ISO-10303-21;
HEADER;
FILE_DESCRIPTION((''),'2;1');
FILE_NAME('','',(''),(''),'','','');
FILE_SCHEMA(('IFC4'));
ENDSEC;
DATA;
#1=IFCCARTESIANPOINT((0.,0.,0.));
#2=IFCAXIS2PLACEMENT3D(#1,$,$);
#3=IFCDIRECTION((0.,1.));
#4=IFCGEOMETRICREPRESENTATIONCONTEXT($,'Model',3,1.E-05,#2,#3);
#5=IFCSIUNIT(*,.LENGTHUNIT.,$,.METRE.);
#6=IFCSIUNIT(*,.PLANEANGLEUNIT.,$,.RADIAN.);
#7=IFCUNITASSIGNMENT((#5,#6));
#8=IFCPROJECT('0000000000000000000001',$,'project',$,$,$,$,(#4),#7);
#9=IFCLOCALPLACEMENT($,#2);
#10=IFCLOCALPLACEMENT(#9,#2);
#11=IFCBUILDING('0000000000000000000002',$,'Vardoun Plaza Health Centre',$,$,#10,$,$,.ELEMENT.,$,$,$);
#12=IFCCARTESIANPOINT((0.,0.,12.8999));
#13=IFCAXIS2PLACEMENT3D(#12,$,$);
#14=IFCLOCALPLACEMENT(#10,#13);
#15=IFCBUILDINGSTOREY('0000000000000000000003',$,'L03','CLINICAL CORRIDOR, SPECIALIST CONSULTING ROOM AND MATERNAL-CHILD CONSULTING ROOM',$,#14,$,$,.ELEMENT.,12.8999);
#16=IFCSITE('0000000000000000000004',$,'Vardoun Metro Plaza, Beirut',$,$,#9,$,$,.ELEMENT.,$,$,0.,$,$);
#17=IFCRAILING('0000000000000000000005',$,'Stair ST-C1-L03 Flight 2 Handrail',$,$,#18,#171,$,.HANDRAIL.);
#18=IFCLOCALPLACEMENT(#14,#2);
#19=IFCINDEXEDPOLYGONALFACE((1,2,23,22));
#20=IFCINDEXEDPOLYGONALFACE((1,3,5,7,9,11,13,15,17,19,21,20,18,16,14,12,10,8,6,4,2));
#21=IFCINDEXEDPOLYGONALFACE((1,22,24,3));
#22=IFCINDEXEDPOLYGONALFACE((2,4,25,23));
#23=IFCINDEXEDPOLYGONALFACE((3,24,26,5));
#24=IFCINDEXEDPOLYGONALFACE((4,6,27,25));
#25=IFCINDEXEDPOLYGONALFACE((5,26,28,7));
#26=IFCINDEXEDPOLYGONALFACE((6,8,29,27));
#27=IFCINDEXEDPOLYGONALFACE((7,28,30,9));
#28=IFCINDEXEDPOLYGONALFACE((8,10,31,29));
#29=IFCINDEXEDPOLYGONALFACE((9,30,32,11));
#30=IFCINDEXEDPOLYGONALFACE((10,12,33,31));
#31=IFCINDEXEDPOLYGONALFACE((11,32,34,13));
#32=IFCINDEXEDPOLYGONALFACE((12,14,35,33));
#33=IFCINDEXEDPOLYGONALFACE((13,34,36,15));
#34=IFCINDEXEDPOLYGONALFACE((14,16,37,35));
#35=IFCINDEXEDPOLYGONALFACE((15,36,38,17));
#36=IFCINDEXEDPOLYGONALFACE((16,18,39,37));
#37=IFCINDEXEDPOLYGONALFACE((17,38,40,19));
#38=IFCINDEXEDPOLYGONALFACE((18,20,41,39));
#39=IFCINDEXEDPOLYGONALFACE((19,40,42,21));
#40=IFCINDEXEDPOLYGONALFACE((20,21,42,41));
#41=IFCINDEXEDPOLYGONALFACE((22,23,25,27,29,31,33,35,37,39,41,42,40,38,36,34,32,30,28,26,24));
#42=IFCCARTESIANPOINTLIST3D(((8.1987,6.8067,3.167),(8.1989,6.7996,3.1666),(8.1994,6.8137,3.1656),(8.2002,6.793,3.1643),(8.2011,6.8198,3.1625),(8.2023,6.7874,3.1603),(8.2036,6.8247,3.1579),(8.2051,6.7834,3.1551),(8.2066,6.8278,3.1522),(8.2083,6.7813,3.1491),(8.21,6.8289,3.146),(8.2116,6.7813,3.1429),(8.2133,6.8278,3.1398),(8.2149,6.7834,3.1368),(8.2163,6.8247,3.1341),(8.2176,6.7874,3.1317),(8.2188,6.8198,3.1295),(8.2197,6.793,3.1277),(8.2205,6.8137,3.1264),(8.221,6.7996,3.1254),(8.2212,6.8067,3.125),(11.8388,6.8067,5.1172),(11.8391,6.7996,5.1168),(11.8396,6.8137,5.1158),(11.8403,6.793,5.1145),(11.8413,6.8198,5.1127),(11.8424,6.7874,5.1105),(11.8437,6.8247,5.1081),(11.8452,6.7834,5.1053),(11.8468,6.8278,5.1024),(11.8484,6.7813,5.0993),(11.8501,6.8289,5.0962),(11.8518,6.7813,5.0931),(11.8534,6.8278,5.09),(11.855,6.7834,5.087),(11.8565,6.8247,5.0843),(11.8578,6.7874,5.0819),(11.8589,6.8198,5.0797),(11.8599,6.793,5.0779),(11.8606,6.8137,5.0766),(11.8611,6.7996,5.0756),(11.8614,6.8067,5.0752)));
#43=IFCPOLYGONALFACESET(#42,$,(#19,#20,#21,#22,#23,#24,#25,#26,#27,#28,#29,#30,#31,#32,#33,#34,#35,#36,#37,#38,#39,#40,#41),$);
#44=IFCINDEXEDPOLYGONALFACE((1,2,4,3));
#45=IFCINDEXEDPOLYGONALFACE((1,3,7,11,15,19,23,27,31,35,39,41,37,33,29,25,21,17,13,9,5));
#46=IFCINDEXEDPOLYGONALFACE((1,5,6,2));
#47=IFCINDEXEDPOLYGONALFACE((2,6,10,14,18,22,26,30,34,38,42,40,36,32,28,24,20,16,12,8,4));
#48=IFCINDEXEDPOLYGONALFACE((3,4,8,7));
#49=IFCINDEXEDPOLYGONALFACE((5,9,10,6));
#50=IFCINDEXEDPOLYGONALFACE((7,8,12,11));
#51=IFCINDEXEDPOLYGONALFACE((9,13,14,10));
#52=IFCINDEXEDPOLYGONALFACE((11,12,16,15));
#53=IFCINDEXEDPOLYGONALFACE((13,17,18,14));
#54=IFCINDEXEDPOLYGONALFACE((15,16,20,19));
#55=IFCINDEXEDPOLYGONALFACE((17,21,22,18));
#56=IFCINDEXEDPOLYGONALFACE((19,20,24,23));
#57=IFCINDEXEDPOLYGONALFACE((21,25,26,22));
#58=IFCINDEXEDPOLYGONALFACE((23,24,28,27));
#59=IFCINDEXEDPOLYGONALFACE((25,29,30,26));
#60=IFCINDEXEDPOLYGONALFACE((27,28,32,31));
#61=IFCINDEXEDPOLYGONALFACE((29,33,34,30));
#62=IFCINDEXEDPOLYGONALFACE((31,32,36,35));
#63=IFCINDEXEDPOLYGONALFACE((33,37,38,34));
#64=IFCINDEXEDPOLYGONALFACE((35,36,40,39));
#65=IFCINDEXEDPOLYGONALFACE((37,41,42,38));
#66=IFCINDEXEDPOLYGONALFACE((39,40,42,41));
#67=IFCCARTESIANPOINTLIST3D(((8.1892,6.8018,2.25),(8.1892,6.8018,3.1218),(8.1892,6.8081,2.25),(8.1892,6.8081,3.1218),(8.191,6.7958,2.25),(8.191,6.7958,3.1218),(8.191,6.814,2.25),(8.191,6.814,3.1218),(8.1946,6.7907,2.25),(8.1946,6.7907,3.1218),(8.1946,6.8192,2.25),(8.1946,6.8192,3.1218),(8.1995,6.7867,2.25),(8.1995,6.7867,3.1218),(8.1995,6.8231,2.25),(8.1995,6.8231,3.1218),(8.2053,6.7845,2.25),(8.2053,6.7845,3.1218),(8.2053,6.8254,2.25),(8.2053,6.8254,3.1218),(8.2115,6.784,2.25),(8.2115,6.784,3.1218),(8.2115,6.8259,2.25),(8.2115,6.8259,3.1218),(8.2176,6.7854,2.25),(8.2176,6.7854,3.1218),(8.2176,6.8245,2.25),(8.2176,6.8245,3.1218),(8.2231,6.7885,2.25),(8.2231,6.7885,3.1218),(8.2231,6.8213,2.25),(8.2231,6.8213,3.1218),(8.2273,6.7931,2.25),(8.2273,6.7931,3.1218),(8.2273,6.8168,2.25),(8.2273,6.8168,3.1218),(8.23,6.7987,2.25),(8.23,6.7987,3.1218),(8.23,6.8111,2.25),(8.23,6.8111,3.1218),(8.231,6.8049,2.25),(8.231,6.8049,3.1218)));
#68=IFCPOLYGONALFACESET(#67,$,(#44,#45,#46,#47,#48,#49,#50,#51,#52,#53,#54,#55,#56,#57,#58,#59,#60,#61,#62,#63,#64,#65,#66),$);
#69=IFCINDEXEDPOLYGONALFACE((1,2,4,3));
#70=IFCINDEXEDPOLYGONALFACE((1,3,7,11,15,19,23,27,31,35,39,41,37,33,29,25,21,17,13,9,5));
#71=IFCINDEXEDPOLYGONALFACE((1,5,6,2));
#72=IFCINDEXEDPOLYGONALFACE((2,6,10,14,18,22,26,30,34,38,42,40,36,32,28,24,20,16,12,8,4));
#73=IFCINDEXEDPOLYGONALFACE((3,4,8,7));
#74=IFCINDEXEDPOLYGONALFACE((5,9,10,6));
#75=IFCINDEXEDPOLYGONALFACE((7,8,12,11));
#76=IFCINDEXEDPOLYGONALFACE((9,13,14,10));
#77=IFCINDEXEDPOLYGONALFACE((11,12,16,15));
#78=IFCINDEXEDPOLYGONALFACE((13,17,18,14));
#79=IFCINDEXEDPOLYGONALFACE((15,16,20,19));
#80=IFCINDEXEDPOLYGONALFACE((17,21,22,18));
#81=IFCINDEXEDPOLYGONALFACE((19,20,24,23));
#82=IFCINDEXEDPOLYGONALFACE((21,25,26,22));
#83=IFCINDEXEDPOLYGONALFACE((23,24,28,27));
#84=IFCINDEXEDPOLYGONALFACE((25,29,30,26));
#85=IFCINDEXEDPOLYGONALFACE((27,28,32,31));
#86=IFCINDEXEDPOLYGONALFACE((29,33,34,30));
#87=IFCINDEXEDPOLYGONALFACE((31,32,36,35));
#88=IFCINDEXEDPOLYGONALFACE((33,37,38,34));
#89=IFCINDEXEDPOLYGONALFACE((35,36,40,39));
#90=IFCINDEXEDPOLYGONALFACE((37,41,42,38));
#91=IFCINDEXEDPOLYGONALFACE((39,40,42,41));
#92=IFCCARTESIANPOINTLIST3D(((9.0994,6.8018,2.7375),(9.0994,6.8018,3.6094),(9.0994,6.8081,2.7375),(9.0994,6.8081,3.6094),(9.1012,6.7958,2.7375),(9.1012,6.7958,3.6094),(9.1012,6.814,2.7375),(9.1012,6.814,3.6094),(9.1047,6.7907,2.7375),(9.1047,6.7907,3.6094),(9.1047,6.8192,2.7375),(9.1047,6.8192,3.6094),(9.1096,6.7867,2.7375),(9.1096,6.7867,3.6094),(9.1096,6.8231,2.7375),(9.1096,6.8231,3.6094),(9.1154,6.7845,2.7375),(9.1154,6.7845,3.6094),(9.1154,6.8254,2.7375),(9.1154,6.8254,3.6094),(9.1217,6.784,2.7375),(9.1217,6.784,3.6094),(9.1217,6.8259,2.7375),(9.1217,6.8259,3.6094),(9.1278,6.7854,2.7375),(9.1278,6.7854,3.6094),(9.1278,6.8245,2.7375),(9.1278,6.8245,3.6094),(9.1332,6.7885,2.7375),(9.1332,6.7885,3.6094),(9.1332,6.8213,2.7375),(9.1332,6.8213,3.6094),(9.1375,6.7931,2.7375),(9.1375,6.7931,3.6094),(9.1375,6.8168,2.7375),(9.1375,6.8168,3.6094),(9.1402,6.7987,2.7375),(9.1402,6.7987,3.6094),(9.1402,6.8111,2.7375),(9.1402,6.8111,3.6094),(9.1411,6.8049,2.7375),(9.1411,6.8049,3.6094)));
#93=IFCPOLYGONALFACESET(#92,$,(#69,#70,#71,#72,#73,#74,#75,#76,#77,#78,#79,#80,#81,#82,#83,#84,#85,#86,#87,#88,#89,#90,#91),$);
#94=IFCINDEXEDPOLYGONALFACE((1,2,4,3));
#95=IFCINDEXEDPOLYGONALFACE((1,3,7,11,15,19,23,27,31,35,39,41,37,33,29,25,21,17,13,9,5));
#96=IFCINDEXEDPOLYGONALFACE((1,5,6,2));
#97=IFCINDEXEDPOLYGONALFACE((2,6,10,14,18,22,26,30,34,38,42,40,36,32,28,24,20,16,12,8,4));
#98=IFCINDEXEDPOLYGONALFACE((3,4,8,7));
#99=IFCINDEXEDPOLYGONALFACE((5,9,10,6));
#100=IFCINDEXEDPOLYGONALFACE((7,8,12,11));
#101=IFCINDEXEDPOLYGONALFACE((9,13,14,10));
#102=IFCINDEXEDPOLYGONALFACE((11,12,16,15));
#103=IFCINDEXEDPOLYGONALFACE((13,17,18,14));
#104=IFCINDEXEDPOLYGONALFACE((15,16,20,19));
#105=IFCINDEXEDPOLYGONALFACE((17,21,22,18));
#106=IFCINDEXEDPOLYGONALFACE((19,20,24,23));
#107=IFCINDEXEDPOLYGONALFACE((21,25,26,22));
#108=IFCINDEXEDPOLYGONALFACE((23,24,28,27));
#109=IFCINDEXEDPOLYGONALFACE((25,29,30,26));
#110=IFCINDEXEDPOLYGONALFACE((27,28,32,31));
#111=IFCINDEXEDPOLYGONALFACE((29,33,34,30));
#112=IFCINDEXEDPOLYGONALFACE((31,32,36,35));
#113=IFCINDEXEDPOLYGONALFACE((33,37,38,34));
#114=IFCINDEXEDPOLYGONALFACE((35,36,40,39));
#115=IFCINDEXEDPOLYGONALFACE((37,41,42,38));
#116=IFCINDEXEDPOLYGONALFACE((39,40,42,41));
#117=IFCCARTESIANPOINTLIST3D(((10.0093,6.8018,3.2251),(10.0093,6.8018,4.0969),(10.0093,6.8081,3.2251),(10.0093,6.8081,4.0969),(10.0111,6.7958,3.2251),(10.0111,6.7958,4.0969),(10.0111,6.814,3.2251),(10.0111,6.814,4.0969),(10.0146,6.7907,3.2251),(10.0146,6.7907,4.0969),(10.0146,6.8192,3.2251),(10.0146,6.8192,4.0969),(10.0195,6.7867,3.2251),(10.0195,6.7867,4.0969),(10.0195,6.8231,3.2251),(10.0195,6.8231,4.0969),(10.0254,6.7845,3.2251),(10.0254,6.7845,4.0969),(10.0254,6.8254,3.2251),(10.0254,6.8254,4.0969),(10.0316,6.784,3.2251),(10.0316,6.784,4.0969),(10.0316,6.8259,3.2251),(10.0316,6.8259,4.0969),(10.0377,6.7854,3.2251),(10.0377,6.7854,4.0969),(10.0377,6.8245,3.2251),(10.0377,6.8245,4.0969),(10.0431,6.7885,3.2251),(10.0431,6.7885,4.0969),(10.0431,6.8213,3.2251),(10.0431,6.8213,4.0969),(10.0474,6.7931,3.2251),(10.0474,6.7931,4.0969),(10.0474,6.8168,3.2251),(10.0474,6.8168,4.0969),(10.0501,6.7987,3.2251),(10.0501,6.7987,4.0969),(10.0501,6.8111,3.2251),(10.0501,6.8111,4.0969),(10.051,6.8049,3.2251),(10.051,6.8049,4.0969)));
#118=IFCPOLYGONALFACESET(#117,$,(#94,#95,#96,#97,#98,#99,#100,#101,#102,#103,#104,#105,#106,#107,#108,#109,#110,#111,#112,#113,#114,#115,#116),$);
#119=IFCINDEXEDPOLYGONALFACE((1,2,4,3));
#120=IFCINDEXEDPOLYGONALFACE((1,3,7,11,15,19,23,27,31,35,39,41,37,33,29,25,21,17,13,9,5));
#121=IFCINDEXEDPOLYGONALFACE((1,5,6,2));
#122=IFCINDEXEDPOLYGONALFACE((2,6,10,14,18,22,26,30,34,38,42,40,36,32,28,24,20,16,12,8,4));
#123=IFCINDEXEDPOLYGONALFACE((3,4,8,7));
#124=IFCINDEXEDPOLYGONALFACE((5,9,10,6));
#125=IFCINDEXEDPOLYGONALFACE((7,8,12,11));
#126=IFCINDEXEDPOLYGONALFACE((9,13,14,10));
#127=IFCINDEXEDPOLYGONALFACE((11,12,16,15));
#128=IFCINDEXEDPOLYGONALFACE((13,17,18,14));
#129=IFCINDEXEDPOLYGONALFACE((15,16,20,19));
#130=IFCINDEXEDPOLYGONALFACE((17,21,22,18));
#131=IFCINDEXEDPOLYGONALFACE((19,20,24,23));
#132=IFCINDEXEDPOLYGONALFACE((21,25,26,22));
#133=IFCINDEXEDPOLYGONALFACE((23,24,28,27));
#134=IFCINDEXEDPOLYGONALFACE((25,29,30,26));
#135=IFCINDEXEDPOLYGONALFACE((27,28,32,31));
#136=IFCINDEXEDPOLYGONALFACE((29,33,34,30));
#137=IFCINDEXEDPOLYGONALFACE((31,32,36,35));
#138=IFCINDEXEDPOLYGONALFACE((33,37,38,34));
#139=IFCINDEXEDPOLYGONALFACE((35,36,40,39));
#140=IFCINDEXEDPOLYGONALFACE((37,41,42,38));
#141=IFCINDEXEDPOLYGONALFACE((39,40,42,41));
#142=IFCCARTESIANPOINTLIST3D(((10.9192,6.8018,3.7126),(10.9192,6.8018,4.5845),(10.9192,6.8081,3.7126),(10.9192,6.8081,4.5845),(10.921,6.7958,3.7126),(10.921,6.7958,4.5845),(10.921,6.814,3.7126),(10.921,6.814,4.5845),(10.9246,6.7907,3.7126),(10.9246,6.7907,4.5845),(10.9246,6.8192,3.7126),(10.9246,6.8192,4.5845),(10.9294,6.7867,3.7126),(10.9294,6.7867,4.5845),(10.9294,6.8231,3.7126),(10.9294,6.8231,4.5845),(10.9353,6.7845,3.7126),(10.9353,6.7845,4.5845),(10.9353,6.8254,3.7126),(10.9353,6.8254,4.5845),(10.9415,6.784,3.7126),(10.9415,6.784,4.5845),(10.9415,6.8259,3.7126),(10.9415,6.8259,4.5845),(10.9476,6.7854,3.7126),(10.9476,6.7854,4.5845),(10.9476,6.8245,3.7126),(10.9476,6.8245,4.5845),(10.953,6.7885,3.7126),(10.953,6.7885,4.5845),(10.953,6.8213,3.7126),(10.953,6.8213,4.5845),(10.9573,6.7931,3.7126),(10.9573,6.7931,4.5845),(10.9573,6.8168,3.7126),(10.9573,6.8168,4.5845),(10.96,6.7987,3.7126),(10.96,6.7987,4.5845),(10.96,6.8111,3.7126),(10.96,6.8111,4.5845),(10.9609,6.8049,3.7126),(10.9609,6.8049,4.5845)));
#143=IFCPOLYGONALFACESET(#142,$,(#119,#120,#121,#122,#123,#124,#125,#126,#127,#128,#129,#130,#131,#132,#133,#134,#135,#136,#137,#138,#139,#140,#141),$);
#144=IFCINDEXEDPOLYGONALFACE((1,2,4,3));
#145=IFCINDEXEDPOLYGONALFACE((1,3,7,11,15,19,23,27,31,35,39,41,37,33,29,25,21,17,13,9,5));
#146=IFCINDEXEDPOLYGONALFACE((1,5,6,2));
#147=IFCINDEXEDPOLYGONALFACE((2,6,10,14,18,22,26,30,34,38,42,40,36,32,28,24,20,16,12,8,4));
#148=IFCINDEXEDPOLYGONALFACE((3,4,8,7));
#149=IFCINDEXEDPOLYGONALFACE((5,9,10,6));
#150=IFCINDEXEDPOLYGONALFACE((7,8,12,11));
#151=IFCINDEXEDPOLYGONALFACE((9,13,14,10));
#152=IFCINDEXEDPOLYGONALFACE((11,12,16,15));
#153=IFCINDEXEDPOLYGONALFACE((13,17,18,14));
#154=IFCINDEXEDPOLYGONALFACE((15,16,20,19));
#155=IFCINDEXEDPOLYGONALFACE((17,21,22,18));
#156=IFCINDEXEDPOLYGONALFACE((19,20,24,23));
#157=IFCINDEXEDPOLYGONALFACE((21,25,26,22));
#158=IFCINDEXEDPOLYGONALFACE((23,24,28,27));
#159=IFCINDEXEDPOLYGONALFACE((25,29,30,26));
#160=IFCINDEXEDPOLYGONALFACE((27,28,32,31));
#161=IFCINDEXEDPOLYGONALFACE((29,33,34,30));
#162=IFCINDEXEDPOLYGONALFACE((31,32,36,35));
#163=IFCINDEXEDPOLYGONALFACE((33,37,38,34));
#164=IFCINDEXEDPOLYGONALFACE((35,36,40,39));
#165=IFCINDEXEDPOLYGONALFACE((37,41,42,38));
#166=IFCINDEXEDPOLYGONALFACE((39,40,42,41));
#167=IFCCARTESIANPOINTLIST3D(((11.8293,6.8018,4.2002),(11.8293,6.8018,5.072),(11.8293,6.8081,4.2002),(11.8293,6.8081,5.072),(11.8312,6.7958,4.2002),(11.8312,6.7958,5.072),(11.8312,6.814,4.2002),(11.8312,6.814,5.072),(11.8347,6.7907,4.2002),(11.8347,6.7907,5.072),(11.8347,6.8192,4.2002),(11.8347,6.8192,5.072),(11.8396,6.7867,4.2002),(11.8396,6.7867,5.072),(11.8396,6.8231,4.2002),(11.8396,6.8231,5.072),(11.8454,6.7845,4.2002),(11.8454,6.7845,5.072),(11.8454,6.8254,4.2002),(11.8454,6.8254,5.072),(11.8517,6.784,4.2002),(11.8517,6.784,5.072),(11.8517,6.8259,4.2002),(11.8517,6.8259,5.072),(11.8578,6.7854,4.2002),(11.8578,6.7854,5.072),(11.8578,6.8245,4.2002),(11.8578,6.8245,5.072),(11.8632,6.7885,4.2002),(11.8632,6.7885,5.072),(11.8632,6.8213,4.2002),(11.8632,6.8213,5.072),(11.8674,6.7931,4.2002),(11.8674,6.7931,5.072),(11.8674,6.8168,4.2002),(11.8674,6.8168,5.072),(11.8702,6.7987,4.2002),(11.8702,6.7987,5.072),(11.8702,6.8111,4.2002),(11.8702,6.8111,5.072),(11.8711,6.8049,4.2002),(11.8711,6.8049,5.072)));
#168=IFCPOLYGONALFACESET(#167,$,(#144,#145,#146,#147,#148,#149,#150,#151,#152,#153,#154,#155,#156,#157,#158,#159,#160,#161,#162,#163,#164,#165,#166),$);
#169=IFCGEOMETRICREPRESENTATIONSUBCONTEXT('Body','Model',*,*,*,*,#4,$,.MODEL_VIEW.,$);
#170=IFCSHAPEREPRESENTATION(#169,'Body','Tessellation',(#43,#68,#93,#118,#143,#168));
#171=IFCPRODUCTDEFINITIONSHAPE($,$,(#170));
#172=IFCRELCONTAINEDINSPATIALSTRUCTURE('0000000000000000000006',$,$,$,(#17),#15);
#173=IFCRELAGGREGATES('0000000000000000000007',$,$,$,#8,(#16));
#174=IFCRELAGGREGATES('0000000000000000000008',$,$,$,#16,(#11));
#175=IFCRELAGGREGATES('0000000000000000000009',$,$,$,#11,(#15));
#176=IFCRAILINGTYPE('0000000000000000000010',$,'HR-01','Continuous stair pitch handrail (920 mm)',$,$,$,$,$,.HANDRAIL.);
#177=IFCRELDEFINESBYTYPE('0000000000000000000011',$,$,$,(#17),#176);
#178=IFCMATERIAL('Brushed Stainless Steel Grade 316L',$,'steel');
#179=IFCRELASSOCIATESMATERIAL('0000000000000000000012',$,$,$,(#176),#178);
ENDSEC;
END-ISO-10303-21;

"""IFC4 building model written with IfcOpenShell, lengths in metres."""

from ifc_helpers import new_model, si_unit, direction, frame, origin, origin_2d, place, context, subcontext, project, spatial, circle, extrude, material, type_object, element, save


model = new_model("IFC4")

# Units and contexts
model_context = context("Model", 3, precision=1e-05, world=origin(), true_north=direction((0.0, 1.0)))
body_context = subcontext(model_context, "Body", "Model", "MODEL_VIEW")
ifc_project = project(units=[si_unit("LENGTHUNIT", "METRE"), si_unit("PLANEANGLEUNIT", "RADIAN")], contexts=[model_context])

# Site, building, storey
site_placement = place(None, origin())
site = spatial("IfcSite", under=ifc_project, at=site_placement, Name="Vardoun Metro Plaza, Beirut", CompositionType="ELEMENT", RefElevation=0.0)
building_placement = place(site_placement, origin())
building = spatial("IfcBuilding", under=site, at=building_placement, Name="Vardoun Plaza Health Centre", CompositionType="ELEMENT")
storey_placement = place(building_placement, frame((0.0, 0.0, 12.8999)))
storey = spatial("IfcBuildingStorey", under=building, at=storey_placement, Name="L03", Description="CLINICAL CORRIDOR, SPECIALIST CONSULTING ROOM AND MATERNAL-CHILD CONSULTING ROOM", CompositionType="ELEMENT", Elevation=12.8999)

# Railing
ifc_material_1 = material(Name="Brushed Stainless Steel Grade 316L", Category="steel")
railing_type_1 = type_object("IfcRailingType", Name="HR-01", Description="Continuous stair pitch handrail (920 mm)", PredefinedType="HANDRAIL", material=ifc_material_1)
railing_1_placement = place(storey_placement, frame((8.21, 6.8049, 2.25)))
element("IfcRailing", 1, at=railing_1_placement, inside=storey, type_object=railing_type_1, Name="Stair ST-C1-L03 Flight 2 Handrail", PredefinedType="HANDRAIL", context=body_context, shape_type="SweptSolid", body=[
    extrude(circle(Radius=0.0239, at=origin_2d()), frame((0.0, 0.0, 0.896), z_axis=(0.881468, 0.0, 0.472244), x_axis=(0.0, 1.0, 0.0)), (0.0, 0.0, 1.0), 4.1296),
    extrude(circle(Radius=0.021, at=origin_2d()), origin(), (0.0, 0.0, 1.0), 0.8718),
    extrude(circle(Radius=0.021, at=origin_2d()), frame((0.9102, 0.0, 0.4875)), (0.0, 0.0, 1.0), 0.8718),
    extrude(circle(Radius=0.021, at=origin_2d()), frame((1.8201, 0.0, 0.9751)), (0.0, 0.0, 1.0), 0.8718),
    extrude(circle(Radius=0.021, at=origin_2d()), frame((2.73, 0.0, 1.4626)), (0.0, 0.0, 1.0), 0.8718),
    extrude(circle(Radius=0.021, at=origin_2d()), frame((3.6401, 0.0, 1.9502)), (0.0, 0.0, 1.0), 0.8718),
])

save(model, "model.ifc")
